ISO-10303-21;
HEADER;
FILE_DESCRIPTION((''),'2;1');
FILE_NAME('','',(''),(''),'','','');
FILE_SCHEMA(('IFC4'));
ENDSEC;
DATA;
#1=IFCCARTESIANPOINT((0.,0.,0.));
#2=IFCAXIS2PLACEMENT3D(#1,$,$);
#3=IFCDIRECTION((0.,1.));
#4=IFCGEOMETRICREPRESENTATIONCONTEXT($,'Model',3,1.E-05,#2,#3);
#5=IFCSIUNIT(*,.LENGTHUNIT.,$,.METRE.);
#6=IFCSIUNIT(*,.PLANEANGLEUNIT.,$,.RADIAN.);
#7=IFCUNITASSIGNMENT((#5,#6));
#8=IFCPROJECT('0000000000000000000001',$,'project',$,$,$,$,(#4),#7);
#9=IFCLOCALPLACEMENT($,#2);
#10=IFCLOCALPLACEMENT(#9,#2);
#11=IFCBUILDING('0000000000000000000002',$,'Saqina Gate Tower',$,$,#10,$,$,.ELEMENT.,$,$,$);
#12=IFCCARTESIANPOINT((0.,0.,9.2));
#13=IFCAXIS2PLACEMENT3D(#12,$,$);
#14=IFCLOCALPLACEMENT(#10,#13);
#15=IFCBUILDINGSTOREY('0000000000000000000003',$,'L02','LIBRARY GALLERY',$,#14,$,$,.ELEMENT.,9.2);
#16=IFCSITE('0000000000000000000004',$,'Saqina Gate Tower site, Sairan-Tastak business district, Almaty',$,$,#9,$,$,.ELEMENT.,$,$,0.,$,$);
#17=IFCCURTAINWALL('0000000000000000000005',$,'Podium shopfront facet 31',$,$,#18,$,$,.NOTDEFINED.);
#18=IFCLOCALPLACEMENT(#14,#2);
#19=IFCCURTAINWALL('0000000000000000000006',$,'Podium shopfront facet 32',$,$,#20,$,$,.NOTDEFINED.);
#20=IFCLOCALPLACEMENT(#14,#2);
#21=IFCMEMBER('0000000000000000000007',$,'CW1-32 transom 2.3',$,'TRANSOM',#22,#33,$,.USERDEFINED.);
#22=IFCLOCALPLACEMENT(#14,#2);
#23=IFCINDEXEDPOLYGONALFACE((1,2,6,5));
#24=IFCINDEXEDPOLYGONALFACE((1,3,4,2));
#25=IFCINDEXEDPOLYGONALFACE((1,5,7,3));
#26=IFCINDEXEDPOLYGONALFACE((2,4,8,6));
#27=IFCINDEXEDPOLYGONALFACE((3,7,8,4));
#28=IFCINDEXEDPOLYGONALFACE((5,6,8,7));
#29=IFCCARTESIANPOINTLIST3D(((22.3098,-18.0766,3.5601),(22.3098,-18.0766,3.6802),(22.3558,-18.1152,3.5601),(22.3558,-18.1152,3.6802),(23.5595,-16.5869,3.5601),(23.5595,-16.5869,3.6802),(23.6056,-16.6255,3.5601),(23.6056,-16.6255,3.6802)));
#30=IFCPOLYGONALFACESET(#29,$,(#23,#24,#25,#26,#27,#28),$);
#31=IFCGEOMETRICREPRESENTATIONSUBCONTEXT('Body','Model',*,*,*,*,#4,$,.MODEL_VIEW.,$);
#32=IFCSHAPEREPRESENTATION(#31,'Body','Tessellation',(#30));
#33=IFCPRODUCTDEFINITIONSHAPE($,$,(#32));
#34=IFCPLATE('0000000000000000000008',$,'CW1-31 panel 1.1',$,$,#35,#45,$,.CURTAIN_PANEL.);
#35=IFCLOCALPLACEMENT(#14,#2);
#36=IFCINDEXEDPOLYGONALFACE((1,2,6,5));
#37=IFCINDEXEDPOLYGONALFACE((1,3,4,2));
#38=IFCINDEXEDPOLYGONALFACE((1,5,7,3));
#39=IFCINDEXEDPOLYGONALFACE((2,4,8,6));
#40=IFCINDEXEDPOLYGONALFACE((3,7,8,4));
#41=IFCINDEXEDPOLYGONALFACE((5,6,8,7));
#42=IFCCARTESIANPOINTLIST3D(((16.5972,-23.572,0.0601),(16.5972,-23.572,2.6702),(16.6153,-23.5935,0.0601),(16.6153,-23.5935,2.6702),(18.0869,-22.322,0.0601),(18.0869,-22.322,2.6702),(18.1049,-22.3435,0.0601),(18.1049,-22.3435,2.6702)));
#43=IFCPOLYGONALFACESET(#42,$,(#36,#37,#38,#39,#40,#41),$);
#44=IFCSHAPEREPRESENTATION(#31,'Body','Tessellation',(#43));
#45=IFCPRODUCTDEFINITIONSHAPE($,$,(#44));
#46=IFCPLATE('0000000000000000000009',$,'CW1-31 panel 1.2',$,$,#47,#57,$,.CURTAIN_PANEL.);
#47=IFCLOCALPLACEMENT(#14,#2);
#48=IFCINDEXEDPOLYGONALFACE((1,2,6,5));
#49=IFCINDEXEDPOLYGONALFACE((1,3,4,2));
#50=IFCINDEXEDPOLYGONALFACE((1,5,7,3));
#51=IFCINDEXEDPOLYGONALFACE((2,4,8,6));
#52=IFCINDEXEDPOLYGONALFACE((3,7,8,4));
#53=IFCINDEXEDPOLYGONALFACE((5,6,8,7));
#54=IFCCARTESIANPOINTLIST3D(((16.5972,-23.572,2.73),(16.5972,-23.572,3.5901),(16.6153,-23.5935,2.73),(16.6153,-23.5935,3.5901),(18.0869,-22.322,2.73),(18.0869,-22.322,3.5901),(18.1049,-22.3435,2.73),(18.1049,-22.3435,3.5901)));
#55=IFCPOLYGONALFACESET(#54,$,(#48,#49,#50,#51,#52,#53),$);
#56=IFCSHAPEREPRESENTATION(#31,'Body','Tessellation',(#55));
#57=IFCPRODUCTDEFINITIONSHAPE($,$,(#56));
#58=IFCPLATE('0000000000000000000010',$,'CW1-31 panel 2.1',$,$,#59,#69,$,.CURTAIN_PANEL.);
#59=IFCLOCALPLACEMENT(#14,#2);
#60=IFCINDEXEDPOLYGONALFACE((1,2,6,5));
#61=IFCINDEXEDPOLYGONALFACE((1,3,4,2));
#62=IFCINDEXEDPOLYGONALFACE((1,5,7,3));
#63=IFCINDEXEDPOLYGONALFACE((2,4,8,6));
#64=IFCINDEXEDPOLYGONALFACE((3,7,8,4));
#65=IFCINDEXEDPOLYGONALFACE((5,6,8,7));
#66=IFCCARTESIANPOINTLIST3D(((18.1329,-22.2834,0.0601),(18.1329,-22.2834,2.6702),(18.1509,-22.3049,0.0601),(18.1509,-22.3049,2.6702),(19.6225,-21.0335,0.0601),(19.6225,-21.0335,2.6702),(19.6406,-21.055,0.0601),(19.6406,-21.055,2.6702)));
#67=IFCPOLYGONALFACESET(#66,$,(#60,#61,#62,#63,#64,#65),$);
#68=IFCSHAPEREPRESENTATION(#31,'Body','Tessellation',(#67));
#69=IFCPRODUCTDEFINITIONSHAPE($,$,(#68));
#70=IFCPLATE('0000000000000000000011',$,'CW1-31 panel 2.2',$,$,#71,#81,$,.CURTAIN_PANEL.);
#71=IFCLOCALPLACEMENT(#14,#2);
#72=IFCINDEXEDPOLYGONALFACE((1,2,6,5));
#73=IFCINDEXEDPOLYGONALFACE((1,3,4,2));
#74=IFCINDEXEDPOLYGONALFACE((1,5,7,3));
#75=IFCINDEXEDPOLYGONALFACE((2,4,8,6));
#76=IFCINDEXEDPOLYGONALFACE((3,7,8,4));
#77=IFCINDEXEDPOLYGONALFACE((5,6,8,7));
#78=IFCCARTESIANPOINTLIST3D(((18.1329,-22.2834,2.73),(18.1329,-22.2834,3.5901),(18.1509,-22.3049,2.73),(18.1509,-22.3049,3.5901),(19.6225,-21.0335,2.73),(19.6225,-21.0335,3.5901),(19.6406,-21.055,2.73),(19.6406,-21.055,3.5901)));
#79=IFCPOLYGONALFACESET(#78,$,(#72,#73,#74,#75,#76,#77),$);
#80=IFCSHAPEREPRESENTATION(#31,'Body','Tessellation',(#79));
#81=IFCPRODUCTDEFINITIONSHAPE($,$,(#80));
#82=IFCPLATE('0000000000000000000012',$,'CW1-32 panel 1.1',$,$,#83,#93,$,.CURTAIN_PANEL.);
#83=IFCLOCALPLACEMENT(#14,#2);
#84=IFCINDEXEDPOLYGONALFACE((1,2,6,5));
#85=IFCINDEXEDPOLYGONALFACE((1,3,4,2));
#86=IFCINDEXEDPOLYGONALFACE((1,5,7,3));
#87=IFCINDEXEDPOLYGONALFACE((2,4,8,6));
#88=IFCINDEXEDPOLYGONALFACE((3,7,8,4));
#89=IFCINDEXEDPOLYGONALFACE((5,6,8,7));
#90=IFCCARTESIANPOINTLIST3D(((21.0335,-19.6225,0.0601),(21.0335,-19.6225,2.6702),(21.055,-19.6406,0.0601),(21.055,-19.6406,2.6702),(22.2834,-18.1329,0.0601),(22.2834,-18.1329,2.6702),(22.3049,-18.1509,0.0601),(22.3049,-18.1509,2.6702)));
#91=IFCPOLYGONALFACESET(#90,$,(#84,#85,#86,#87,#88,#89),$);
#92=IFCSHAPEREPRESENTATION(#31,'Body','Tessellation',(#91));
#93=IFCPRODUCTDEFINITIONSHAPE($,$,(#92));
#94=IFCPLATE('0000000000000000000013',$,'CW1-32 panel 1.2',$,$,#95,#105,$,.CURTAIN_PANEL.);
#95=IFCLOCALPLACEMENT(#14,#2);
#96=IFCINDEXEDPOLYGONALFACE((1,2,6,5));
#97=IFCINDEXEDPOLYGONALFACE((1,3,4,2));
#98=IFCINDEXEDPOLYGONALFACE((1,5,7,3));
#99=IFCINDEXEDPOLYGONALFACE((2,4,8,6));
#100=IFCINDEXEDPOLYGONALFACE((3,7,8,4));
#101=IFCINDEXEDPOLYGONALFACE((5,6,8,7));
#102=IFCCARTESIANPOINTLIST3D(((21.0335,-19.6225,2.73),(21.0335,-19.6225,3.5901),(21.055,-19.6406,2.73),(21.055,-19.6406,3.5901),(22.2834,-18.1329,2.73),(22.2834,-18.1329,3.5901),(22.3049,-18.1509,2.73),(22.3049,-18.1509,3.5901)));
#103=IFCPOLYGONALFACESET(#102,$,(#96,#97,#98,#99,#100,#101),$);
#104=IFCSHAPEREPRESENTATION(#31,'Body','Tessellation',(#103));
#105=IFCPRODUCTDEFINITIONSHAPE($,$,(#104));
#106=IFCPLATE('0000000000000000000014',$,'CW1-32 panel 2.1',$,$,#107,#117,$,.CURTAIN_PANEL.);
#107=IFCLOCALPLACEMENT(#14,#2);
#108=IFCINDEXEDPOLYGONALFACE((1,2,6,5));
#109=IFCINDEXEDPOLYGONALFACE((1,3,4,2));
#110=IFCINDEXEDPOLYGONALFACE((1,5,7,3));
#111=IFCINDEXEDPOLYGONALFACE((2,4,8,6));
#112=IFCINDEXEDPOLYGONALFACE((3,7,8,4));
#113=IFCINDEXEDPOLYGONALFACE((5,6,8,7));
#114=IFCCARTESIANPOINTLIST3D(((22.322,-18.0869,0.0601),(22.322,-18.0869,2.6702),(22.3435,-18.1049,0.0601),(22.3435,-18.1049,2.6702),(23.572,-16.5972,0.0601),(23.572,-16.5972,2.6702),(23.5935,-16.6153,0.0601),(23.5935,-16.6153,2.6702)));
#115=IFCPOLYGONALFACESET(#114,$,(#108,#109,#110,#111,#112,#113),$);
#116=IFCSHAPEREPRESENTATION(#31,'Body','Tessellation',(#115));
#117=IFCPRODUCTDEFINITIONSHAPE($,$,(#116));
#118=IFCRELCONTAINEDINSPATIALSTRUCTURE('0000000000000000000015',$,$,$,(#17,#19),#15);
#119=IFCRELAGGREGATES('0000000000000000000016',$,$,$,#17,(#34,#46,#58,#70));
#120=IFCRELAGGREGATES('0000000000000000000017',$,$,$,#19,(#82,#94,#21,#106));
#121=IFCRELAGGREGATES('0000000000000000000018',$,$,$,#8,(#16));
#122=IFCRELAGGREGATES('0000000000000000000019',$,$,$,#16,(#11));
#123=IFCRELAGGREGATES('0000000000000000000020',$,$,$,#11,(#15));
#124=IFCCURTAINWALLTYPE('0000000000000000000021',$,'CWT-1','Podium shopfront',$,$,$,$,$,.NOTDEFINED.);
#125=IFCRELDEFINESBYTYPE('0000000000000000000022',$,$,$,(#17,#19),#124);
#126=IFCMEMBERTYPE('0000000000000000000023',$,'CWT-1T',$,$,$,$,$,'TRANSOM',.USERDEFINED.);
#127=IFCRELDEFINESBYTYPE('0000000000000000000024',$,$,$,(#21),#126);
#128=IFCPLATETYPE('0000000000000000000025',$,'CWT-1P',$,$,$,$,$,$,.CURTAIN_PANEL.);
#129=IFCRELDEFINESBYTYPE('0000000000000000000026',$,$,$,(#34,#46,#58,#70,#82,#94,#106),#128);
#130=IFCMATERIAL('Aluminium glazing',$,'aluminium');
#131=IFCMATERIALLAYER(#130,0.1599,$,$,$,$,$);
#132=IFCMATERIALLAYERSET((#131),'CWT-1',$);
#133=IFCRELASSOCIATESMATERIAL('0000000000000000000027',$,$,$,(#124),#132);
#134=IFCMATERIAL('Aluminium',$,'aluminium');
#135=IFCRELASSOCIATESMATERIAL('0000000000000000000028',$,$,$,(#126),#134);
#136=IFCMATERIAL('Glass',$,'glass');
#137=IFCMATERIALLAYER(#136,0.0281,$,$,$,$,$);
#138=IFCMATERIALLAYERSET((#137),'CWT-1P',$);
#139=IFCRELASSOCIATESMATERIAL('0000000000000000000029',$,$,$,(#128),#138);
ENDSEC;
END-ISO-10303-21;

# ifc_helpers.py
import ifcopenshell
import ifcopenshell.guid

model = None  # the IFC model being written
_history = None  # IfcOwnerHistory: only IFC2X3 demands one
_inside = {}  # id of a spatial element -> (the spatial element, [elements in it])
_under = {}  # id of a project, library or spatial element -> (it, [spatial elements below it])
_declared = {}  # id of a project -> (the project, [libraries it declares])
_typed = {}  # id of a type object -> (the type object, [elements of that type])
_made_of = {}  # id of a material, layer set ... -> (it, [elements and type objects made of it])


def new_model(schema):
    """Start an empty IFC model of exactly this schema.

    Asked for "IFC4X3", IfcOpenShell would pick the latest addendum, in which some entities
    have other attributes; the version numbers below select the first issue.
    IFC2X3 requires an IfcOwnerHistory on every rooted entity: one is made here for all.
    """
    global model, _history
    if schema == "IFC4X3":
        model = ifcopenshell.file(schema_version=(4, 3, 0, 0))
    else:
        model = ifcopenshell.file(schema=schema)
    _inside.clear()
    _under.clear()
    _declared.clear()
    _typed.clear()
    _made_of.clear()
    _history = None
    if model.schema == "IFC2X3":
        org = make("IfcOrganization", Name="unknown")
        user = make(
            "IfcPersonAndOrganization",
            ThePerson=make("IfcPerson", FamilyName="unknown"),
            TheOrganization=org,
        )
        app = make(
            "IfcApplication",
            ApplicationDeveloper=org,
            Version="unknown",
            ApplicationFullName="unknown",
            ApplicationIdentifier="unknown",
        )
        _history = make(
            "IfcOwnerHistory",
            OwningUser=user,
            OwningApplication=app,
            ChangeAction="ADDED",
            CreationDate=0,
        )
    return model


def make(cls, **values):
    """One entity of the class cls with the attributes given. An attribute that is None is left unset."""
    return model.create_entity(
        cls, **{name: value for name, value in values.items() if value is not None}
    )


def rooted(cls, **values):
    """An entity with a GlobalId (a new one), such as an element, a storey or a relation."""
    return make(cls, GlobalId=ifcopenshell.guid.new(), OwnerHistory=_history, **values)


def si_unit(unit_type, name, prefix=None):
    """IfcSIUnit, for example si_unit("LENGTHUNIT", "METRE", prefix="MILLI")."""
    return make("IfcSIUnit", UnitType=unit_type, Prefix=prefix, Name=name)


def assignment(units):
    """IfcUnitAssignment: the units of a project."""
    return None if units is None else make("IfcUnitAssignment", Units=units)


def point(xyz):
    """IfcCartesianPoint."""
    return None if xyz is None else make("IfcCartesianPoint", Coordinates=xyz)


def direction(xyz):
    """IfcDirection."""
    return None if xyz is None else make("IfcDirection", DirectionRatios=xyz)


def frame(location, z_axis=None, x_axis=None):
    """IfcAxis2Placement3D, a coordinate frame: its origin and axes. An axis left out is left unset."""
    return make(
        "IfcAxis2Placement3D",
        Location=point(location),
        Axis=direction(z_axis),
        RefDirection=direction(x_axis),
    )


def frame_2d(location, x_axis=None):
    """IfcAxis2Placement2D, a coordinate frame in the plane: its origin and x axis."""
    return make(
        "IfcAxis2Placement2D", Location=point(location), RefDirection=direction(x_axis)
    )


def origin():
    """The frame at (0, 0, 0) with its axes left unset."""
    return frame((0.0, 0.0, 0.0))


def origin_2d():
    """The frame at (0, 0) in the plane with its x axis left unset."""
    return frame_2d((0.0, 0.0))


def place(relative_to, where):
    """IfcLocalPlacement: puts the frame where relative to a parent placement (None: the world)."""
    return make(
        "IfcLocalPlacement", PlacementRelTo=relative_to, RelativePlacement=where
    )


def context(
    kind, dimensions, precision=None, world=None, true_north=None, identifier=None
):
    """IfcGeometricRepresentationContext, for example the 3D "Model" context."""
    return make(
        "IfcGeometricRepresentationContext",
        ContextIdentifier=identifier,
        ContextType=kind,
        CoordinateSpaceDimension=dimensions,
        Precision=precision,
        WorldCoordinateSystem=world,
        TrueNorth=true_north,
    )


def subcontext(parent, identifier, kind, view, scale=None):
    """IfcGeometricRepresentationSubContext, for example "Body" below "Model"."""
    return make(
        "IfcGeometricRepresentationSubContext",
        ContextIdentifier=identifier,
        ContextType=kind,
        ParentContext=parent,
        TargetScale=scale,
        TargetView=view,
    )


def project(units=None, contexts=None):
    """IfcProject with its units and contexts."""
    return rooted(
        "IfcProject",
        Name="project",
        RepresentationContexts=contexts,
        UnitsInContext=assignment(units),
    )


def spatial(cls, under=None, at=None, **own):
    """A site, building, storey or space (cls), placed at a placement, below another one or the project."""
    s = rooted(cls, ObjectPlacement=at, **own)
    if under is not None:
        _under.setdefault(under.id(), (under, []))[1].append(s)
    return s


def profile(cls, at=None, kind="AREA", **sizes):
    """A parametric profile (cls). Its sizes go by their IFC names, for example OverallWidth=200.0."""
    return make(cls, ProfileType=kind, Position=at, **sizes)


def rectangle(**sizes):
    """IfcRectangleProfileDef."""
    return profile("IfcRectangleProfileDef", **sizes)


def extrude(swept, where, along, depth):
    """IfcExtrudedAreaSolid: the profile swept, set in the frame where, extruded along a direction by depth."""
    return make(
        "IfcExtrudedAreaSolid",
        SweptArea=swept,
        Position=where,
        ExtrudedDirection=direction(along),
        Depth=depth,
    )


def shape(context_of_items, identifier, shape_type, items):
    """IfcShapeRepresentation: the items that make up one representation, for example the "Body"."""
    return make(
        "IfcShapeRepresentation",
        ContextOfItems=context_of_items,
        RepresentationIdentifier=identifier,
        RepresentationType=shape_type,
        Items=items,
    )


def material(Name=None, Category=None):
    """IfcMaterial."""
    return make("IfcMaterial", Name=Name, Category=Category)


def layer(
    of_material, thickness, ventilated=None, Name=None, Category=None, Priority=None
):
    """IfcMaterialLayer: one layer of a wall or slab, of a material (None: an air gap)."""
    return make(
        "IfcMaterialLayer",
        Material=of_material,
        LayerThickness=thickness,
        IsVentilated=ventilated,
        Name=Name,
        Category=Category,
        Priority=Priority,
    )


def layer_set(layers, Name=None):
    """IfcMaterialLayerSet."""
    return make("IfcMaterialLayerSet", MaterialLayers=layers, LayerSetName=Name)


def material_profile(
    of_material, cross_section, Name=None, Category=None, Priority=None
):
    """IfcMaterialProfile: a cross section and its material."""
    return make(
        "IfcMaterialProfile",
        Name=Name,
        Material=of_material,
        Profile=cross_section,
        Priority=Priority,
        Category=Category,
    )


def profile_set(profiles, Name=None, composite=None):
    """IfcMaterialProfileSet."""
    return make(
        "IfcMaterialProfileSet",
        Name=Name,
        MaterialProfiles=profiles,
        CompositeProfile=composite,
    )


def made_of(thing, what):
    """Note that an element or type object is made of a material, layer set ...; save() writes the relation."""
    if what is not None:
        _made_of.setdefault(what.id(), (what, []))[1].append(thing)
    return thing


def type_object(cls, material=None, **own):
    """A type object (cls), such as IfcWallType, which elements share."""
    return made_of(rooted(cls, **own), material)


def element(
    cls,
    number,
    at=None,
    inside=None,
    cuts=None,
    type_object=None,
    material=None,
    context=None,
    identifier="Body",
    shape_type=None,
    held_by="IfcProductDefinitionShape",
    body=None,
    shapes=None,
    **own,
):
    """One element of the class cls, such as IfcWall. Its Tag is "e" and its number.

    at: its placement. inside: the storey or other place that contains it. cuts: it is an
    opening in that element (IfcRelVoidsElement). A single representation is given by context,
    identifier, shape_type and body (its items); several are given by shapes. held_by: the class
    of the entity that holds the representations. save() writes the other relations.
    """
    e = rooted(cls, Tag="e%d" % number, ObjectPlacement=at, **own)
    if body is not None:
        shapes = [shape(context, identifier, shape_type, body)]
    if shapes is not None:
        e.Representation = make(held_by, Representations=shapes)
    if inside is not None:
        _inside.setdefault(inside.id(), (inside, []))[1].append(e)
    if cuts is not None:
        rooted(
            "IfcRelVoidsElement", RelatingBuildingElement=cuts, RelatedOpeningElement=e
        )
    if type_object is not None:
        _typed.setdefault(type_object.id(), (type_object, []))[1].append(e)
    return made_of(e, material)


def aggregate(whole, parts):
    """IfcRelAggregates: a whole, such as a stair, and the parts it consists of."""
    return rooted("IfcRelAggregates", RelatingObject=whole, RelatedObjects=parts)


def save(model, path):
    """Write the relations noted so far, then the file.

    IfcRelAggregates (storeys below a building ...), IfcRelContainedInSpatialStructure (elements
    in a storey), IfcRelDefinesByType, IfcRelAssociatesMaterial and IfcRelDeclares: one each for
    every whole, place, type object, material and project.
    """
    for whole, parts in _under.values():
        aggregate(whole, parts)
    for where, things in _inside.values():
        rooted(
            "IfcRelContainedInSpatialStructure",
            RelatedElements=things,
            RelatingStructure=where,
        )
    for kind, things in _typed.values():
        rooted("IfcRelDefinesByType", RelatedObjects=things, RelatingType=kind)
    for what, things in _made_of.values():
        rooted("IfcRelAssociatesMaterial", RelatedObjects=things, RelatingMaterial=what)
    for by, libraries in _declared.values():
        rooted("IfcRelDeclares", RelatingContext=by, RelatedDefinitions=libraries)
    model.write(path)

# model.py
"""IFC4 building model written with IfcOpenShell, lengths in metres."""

from ifc_helpers import new_model, si_unit, direction, frame, origin, origin_2d, place, context, subcontext, project, spatial, rectangle, extrude, material, layer, layer_set, material_profile, profile_set, type_object, element, aggregate, save


model = new_model("IFC4")

# Units and contexts
model_context = context("Model", 3, precision=1e-05, world=origin(), true_north=direction((0.0, 1.0)))
body_context = subcontext(model_context, "Body", "Model", "MODEL_VIEW")
ifc_project = project(units=[si_unit("LENGTHUNIT", "METRE"), si_unit("PLANEANGLEUNIT", "RADIAN")], contexts=[model_context])

# Site, building, storey
site_placement = place(None, origin())
site = spatial("IfcSite", under=ifc_project, at=site_placement, Name="Saqina Gate Tower site, Sairan-Tastak business district, Almaty", CompositionType="ELEMENT", RefElevation=0.0)
building_placement = place(site_placement, origin())
building = spatial("IfcBuilding", under=site, at=building_placement, Name="Saqina Gate Tower", CompositionType="ELEMENT")
storey_placement = place(building_placement, frame((0.0, 0.0, 9.2)))
storey = spatial("IfcBuildingStorey", under=building, at=storey_placement, Name="L02", Description="LIBRARY GALLERY", CompositionType="ELEMENT", Elevation=9.2)

# Curtain walls
ifc_material_1 = material(Name="Aluminium glazing", Category="aluminium")
ifc_layer_1 = layer(ifc_material_1, 0.1599)
ifc_layer_set_1 = layer_set([ifc_layer_1], Name="CWT-1")
curtain_wall_type = type_object("IfcCurtainWallType", Name="CWT-1", Description="Podium shopfront", PredefinedType="NOTDEFINED", material=ifc_layer_set_1)
curtain_wall_1_placement = place(storey_placement, origin())
curtain_wall_1 = element("IfcCurtainWall", 1, at=curtain_wall_1_placement, inside=storey, type_object=curtain_wall_type, Name="Podium shopfront facet 31", PredefinedType="NOTDEFINED")
curtain_wall_2_placement = place(storey_placement, origin())
curtain_wall_2 = element("IfcCurtainWall", 2, at=curtain_wall_2_placement, inside=storey, type_object=curtain_wall_type, Name="Podium shopfront facet 32", PredefinedType="NOTDEFINED")

# Member
ifc_material_2 = material(Name="Aluminium", Category="aluminium")
ifc_material_profile_1 = material_profile(ifc_material_2, rectangle(XDim=0.0601, YDim=0.1201, at=origin_2d()), Name="Aluminium 60x120")
ifc_profile_set_1 = profile_set([ifc_material_profile_1], Name="Aluminium")
member_type_1 = type_object("IfcMemberType", Name="CWT-1T", ElementType="TRANSOM", PredefinedType="USERDEFINED", material=ifc_profile_set_1)
member_1_placement = place(storey_placement, frame((22.3328, -18.0959, 3.6201), z_axis=(0.6427, 0.766118, 0.0), x_axis=(-0.766118, 0.6427, 0.0)))
member_1 = element("IfcMember", 3, at=member_1_placement, type_object=member_type_1, Name="CW1-32 transom 2.3", ObjectType="TRANSOM", PredefinedType="USERDEFINED", context=body_context, shape_type="SweptSolid", body=[
    extrude(rectangle(XDim=0.0601, YDim=0.1201, at=origin_2d()), origin(), (0.0, 0.0, 1.0), 1.9446),
])

# Plates
ifc_material_3 = material(Name="Glass", Category="glass")
ifc_layer_2 = layer(ifc_material_3, 0.0281)
ifc_layer_set_2 = layer_set([ifc_layer_2], Name="CWT-1P")
plate_type = type_object("IfcPlateType", Name="CWT-1P", PredefinedType="CURTAIN_PANEL", material=ifc_layer_set_2)
plate_1_placement = place(storey_placement, frame((17.3511, -22.9578, 0.0601), z_axis=(0.0, 0.0, 1.0), x_axis=(0.766051, 0.642779, 0.0)))
plate_1 = element("IfcPlate", 4, at=plate_1_placement, type_object=plate_type, Name="CW1-31 panel 1.1", PredefinedType="CURTAIN_PANEL", context=body_context, shape_type="SweptSolid", body=[
    extrude(rectangle(XDim=1.9446, YDim=0.0281, at=origin_2d()), origin(), (0.0, 0.0, 1.0), 2.6101),
])
plate_2_placement = place(storey_placement, frame((17.3511, -22.9578, 2.73), z_axis=(0.0, 0.0, 1.0), x_axis=(0.766051, 0.642779, 0.0)))
plate_2 = element("IfcPlate", 5, at=plate_2_placement, type_object=plate_type, Name="CW1-31 panel 1.2", PredefinedType="CURTAIN_PANEL", context=body_context, shape_type="SweptSolid", body=[
    extrude(rectangle(XDim=1.9446, YDim=0.0281, at=origin_2d()), origin(), (0.0, 0.0, 1.0), 0.8601),
])
plate_3_placement = place(storey_placement, frame((18.8867, -21.6692, 0.0601), z_axis=(0.0, 0.0, 1.0), x_axis=(0.766051, 0.642779, 0.0)))
plate_3 = element("IfcPlate", 6, at=plate_3_placement, type_object=plate_type, Name="CW1-31 panel 2.1", PredefinedType="CURTAIN_PANEL", context=body_context, shape_type="SweptSolid", body=[
    extrude(rectangle(XDim=1.9446, YDim=0.0281, at=origin_2d()), origin(), (0.0, 0.0, 1.0), 2.6101),
])
plate_4_placement = place(storey_placement, frame((18.8867, -21.6692, 2.73), z_axis=(0.0, 0.0, 1.0), x_axis=(0.766051, 0.642779, 0.0)))
plate_4 = element("IfcPlate", 7, at=plate_4_placement, type_object=plate_type, Name="CW1-31 panel 2.2", PredefinedType="CURTAIN_PANEL", context=body_context, shape_type="SweptSolid", body=[
    extrude(rectangle(XDim=1.9446, YDim=0.0281, at=origin_2d()), origin(), (0.0, 0.0, 1.0), 0.8601),
])
aggregate(curtain_wall_1, [plate_1, plate_2, plate_3, plate_4])
plate_5_placement = place(storey_placement, frame((21.6692, -18.8867, 0.0601), z_axis=(0.0, 0.0, 1.0), x_axis=(0.642779, 0.766051, 0.0)))
plate_5 = element("IfcPlate", 8, at=plate_5_placement, type_object=plate_type, Name="CW1-32 panel 1.1", PredefinedType="CURTAIN_PANEL", context=body_context, shape_type="SweptSolid", body=[
    extrude(rectangle(XDim=1.9446, YDim=0.0281, at=origin_2d()), origin(), (0.0, 0.0, 1.0), 2.6101),
])
plate_6_placement = place(storey_placement, frame((21.6692, -18.8867, 2.73), z_axis=(0.0, 0.0, 1.0), x_axis=(0.642779, 0.766051, 0.0)))
plate_6 = element("IfcPlate", 9, at=plate_6_placement, type_object=plate_type, Name="CW1-32 panel 1.2", PredefinedType="CURTAIN_PANEL", context=body_context, shape_type="SweptSolid", body=[
    extrude(rectangle(XDim=1.9446, YDim=0.0281, at=origin_2d()), origin(), (0.0, 0.0, 1.0), 0.8601),
])
plate_7_placement = place(storey_placement, frame((22.9578, -17.3511, 0.0601), z_axis=(0.0, 0.0, 1.0), x_axis=(0.642779, 0.766051, 0.0)))
plate_7 = element("IfcPlate", 10, at=plate_7_placement, type_object=plate_type, Name="CW1-32 panel 2.1", PredefinedType="CURTAIN_PANEL", context=body_context, shape_type="SweptSolid", body=[
    extrude(rectangle(XDim=1.9446, YDim=0.0281, at=origin_2d()), origin(), (0.0, 0.0, 1.0), 2.6101),
])
aggregate(curtain_wall_2, [plate_5, plate_6, member_1, plate_7])

save(model, "model.ifc")
